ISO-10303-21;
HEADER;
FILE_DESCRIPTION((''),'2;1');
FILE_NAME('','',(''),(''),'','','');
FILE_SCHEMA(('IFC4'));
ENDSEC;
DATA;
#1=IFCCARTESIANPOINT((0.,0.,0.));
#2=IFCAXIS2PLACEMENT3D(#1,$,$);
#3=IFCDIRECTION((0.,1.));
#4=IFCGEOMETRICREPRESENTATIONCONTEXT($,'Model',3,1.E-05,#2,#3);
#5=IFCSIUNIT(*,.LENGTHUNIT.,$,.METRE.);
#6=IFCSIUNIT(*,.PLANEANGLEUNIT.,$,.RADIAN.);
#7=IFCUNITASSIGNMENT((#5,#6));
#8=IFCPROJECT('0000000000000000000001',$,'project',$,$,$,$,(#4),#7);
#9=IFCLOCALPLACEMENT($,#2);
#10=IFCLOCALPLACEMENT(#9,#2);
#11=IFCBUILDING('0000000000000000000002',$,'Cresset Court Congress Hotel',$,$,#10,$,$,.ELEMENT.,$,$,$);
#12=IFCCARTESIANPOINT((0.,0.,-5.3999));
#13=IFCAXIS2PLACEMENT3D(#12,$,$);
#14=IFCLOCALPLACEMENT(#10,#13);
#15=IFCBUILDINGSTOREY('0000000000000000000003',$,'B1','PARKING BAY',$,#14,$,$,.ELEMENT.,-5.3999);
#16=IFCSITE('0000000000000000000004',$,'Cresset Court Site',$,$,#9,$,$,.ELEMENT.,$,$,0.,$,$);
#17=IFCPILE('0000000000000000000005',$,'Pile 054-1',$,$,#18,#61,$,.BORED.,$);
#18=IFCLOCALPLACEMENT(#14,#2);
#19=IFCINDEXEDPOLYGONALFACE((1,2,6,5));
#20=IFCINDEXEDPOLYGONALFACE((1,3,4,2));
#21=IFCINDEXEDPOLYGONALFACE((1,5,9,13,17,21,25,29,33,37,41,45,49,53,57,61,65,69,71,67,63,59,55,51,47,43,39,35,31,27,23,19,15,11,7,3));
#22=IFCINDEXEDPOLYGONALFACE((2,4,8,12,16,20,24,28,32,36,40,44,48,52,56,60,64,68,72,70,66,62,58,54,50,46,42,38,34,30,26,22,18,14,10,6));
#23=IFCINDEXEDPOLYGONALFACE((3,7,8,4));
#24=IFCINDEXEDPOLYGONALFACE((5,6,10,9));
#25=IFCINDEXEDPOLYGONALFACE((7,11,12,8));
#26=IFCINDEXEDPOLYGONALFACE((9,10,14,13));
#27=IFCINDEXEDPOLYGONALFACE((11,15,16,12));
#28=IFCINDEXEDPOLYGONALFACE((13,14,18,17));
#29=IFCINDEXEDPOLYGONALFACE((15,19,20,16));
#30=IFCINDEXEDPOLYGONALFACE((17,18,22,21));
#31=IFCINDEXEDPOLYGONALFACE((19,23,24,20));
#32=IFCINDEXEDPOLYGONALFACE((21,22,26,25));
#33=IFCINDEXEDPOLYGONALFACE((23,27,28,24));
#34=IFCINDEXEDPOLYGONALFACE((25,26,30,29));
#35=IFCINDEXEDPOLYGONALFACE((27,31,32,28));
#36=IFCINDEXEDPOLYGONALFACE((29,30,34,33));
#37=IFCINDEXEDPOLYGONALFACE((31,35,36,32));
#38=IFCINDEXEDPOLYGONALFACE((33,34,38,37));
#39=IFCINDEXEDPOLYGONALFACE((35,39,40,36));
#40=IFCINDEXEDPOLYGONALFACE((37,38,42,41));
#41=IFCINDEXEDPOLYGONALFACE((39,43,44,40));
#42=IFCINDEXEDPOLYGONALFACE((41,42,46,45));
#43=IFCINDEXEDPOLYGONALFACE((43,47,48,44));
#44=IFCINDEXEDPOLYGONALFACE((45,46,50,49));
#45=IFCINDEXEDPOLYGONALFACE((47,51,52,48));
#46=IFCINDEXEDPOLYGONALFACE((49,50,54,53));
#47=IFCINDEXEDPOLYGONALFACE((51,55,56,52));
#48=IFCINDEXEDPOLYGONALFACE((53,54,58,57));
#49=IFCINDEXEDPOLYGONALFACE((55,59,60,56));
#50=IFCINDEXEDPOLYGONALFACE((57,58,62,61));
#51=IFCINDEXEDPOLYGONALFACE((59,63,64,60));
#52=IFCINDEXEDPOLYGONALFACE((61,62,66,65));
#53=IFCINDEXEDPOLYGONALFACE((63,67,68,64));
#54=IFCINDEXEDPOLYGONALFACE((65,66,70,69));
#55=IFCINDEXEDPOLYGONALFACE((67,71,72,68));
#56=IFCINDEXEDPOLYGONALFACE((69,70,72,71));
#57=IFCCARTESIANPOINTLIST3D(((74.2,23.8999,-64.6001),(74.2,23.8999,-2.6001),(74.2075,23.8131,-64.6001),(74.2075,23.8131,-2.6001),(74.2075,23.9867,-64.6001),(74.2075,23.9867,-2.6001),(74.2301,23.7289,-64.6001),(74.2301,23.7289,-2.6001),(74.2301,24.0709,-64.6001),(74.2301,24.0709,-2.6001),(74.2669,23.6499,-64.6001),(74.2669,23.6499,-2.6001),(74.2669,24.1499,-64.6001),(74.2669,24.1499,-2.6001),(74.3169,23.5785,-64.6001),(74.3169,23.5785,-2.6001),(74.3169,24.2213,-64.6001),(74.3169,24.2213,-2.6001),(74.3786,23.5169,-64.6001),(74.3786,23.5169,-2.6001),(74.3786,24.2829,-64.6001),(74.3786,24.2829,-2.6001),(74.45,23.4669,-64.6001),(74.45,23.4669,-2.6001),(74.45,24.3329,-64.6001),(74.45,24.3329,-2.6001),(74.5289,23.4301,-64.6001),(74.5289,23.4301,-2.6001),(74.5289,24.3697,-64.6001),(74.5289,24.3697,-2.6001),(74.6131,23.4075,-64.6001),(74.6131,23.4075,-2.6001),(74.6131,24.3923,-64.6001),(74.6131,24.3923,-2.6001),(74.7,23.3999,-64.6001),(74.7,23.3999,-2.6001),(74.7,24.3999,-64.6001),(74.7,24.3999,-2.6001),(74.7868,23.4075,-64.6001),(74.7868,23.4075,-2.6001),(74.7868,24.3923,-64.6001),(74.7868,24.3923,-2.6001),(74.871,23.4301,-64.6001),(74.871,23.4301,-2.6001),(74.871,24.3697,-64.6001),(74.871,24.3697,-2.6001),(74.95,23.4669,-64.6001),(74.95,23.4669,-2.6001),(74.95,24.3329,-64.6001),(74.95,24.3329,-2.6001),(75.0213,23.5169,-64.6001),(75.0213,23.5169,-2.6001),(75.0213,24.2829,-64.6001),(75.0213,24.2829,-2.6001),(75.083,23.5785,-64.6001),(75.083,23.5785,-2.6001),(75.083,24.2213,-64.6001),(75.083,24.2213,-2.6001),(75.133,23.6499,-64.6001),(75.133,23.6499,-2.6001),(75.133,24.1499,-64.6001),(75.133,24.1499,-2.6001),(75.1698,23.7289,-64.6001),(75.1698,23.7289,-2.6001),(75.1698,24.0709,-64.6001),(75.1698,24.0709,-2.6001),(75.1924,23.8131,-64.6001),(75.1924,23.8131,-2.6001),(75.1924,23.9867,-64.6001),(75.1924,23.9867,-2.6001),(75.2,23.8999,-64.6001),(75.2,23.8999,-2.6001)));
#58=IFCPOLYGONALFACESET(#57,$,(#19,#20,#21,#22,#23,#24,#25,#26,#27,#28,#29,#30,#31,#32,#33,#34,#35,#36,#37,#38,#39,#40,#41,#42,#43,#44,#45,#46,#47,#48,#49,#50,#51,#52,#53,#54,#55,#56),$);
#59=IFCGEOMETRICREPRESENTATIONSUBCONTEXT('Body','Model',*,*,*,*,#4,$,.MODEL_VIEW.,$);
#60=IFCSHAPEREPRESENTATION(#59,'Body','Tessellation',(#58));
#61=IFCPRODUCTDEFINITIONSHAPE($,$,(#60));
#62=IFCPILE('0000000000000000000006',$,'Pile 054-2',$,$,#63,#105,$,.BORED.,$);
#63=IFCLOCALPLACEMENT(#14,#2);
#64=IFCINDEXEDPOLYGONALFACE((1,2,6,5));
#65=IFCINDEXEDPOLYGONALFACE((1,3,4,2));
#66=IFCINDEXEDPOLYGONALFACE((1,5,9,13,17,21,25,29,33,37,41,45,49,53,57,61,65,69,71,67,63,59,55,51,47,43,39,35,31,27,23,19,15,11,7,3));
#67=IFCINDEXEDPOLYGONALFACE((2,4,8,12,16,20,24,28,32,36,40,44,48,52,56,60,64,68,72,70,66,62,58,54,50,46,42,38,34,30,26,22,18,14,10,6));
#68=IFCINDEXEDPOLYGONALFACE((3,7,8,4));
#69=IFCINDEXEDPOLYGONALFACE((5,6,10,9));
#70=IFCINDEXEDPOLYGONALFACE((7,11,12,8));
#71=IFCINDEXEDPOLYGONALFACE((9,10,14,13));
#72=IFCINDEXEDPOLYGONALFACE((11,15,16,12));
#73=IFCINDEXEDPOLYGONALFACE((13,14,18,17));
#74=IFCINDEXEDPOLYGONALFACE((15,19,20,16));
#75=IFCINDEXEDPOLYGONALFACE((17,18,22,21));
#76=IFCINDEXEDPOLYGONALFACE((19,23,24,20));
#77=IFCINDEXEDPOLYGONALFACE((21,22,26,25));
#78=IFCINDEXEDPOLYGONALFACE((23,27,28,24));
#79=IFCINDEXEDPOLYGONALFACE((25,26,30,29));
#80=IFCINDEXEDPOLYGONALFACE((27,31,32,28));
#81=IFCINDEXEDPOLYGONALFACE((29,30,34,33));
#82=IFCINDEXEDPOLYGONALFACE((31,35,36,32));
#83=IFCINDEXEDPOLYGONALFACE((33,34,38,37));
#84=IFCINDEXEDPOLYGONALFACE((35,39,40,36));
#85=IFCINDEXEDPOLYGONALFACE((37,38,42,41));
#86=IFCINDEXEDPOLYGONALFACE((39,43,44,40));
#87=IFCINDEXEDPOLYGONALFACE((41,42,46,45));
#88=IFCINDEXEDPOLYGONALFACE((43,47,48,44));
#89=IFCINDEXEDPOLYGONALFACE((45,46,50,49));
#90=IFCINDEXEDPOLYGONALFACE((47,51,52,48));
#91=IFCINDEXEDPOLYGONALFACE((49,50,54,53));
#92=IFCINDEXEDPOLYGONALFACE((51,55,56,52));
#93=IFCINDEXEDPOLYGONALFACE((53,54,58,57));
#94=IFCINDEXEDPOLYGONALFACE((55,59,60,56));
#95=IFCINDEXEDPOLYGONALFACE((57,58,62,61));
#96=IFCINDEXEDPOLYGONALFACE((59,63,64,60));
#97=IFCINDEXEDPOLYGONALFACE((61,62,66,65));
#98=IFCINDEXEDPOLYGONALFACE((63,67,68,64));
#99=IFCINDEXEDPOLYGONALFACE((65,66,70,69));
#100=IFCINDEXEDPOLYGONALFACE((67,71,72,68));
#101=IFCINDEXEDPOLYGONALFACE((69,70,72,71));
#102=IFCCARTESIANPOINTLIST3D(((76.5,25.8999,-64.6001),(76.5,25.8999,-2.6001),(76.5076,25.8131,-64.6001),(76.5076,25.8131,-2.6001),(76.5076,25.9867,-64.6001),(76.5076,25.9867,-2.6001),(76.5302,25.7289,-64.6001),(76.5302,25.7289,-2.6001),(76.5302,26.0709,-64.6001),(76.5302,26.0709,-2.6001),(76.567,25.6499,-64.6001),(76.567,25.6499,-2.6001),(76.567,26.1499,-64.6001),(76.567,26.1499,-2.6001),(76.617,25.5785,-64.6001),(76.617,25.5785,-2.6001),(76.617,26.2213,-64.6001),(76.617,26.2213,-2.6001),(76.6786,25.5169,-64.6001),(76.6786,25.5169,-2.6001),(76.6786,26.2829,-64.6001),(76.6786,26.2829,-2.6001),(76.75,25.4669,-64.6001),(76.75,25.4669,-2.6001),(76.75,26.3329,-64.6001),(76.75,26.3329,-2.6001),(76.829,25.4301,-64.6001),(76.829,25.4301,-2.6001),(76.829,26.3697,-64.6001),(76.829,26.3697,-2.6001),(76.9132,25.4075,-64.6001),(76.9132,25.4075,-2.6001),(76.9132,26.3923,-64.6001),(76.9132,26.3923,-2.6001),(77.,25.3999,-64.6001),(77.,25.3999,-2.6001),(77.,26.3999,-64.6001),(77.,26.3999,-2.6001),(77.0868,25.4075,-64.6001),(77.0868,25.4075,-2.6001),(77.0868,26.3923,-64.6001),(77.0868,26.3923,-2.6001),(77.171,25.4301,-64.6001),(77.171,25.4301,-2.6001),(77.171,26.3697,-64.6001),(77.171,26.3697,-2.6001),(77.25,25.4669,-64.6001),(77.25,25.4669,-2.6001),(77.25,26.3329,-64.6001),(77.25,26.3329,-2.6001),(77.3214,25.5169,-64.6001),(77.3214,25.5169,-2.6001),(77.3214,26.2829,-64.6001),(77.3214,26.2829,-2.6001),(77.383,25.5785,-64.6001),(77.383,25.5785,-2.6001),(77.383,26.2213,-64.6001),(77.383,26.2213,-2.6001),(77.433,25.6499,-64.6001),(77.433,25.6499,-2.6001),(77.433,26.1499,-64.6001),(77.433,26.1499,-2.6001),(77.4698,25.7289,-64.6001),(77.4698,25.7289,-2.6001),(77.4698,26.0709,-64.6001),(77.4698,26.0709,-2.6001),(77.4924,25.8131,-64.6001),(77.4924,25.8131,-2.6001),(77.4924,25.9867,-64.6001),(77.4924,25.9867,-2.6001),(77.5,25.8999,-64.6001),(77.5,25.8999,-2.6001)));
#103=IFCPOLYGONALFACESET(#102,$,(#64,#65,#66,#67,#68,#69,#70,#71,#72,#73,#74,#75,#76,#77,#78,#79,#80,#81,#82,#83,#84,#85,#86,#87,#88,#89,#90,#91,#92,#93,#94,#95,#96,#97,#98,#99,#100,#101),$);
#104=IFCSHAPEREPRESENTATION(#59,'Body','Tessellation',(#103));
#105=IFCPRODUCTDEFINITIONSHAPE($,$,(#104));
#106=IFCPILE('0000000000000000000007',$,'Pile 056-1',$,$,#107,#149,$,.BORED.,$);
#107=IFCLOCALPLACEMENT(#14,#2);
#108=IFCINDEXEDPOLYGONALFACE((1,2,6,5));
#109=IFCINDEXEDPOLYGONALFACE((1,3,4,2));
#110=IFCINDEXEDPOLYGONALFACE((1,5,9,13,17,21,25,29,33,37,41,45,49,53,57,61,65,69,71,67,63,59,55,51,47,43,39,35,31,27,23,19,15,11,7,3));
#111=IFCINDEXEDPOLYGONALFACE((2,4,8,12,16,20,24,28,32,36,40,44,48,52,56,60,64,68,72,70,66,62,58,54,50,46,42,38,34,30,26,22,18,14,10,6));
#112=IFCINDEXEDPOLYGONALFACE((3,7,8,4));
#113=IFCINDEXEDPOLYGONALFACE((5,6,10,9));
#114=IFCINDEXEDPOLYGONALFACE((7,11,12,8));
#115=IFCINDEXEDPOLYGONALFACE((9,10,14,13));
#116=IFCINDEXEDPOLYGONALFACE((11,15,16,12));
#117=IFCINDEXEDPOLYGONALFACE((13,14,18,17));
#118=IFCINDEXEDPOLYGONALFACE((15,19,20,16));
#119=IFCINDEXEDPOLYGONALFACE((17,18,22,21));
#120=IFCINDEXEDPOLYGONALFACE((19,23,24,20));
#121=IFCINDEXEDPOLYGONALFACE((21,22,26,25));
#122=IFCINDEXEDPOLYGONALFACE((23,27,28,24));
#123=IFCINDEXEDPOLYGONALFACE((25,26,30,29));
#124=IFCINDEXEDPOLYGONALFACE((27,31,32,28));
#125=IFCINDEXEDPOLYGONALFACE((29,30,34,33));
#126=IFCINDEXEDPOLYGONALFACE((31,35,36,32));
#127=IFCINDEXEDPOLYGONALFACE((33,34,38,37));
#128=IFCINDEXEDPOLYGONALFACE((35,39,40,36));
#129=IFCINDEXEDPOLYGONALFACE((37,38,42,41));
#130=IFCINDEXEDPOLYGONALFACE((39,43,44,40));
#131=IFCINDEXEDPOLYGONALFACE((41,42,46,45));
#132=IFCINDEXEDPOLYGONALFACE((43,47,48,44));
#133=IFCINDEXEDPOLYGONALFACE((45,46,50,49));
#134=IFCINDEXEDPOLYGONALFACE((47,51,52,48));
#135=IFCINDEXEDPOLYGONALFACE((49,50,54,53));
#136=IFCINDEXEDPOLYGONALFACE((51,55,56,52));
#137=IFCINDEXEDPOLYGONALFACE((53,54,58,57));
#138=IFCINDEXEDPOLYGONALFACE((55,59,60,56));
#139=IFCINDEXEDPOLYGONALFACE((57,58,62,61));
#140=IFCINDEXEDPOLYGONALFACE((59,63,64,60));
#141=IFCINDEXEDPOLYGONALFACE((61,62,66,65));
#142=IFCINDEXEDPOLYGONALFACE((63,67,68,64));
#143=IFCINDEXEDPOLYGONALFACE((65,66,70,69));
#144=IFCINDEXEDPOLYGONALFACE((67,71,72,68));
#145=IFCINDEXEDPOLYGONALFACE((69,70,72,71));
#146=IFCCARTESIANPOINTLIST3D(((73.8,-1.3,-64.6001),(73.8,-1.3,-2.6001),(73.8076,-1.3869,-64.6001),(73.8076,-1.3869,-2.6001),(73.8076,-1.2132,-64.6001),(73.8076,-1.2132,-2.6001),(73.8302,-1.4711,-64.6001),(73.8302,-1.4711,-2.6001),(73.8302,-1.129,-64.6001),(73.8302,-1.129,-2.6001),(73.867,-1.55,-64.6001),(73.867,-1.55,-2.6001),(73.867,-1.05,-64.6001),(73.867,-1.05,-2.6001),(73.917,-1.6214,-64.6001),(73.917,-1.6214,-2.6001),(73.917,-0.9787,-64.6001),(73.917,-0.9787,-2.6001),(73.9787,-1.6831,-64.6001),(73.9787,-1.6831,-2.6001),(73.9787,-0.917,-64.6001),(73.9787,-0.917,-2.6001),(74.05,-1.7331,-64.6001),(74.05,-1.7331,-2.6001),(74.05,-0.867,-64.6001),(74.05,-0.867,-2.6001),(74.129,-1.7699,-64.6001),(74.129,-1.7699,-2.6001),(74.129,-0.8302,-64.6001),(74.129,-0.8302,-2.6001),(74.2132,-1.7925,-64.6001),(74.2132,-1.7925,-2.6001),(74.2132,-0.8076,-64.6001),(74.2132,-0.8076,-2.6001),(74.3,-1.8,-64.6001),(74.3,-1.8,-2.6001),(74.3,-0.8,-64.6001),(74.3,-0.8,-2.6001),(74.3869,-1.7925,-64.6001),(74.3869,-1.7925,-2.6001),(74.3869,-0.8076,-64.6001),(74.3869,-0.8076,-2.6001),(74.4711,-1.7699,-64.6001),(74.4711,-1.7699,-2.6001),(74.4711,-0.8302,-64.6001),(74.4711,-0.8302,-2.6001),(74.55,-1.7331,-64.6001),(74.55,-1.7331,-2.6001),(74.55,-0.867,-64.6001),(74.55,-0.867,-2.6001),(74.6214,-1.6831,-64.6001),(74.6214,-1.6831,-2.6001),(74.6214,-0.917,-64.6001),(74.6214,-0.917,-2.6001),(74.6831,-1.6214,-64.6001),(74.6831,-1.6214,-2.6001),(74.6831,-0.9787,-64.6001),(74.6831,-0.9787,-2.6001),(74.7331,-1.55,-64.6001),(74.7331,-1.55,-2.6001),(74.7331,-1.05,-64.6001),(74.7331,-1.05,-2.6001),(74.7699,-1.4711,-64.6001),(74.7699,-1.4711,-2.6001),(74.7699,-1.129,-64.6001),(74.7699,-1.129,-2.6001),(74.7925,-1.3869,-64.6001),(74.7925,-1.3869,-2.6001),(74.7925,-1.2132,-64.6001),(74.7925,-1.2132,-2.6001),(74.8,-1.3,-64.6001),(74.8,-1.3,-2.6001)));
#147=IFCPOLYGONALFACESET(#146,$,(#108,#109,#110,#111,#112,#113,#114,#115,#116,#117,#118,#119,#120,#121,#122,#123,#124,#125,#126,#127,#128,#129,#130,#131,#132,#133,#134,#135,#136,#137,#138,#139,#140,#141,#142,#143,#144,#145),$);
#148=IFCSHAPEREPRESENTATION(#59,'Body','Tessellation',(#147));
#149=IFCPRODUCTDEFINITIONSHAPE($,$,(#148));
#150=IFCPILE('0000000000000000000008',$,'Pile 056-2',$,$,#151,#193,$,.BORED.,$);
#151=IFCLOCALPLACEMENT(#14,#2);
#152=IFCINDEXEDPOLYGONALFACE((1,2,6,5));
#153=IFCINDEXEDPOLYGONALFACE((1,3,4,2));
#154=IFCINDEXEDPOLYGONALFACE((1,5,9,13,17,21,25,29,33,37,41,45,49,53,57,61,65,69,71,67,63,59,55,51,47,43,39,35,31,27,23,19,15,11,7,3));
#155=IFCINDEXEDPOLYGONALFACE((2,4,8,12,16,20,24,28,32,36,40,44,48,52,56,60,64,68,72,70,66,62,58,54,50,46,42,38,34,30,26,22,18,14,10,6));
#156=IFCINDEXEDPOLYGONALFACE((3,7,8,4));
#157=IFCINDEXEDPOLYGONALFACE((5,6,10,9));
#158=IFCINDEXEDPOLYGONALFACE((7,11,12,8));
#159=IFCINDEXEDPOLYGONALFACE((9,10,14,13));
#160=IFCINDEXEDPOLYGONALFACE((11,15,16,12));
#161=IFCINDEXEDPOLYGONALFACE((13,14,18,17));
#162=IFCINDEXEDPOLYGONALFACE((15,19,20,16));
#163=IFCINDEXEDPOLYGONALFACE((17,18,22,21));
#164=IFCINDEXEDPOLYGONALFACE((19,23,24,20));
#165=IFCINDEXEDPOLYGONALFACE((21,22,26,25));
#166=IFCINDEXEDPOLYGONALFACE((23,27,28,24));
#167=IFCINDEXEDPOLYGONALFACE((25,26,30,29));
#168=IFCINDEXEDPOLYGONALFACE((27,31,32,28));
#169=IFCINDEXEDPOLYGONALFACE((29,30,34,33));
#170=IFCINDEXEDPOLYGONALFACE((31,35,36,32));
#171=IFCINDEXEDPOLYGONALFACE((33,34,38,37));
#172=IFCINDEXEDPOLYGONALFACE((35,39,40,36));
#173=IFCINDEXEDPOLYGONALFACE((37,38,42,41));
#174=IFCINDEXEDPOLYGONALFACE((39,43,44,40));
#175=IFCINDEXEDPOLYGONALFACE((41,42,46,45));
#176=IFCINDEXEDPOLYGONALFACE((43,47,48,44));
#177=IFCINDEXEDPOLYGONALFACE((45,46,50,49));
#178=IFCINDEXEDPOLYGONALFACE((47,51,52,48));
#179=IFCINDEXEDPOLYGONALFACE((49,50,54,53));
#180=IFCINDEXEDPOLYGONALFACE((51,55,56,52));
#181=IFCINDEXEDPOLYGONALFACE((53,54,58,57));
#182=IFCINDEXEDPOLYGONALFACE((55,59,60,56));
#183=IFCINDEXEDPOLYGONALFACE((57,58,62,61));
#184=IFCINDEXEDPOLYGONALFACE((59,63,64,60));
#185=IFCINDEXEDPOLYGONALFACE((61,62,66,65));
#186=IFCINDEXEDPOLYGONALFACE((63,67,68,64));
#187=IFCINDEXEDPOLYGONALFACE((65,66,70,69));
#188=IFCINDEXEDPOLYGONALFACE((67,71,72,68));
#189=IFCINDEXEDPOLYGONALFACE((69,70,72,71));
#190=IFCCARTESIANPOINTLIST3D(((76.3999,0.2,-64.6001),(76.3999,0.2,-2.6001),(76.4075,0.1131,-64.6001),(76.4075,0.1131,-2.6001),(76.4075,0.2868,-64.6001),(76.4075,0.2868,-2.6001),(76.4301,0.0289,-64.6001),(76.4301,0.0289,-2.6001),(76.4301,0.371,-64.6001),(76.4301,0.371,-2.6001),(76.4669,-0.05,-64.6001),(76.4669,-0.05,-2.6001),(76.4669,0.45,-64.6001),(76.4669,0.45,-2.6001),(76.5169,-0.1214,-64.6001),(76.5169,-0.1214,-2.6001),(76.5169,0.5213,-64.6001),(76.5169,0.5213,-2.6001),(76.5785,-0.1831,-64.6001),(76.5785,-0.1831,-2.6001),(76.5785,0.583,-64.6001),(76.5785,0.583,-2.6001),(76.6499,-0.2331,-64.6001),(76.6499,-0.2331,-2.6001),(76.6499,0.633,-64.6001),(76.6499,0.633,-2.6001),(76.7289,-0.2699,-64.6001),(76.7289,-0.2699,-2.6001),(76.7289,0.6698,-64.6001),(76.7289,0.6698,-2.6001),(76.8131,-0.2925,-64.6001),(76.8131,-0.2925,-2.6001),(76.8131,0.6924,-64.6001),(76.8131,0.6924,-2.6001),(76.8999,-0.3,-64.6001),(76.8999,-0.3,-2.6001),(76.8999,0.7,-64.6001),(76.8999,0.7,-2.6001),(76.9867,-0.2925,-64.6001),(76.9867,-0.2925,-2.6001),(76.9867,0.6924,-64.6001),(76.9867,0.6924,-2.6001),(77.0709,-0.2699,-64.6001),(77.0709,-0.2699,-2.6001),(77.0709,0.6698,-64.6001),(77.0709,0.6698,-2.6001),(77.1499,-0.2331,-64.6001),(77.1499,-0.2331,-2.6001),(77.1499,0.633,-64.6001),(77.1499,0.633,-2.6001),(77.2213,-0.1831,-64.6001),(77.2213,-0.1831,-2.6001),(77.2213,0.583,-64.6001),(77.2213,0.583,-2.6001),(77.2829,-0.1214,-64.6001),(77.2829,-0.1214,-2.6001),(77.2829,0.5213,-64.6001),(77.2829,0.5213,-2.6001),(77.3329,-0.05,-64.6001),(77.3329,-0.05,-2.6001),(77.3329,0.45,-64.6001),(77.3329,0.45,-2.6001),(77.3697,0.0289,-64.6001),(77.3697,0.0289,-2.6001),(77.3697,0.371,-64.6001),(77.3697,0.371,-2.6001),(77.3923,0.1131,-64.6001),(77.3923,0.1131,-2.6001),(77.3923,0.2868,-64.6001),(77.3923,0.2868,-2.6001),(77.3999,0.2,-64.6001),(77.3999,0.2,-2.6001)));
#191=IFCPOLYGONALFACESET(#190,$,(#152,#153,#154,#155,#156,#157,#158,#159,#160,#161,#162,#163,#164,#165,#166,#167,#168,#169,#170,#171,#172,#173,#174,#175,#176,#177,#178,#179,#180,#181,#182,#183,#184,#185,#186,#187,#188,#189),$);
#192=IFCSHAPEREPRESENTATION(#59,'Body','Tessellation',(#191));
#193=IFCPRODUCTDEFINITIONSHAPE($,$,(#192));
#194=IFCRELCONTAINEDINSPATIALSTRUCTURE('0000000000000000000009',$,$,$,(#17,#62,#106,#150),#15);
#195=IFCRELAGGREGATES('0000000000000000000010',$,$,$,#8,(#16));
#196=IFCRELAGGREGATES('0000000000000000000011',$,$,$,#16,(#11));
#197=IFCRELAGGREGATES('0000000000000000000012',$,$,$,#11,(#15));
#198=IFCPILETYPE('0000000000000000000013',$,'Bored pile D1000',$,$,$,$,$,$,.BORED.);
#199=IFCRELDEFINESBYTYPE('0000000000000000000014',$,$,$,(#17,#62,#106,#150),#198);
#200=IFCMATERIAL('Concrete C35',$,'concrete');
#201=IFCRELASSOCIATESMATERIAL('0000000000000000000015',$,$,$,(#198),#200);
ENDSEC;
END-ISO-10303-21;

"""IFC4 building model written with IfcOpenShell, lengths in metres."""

from ifc_helpers import new_model, si_unit, direction, frame, origin, origin_2d, place, context, subcontext, project, spatial, circle, extrude, material, type_object, element, save


model = new_model("IFC4")

# Units and contexts
model_context = context("Model", 3, precision=1e-05, world=origin(), true_north=direction((0.0, 1.0)))
body_context = subcontext(model_context, "Body", "Model", "MODEL_VIEW")
ifc_project = project(units=[si_unit("LENGTHUNIT", "METRE"), si_unit("PLANEANGLEUNIT", "RADIAN")], contexts=[model_context])

# Site, building, storey
site_placement = place(None, origin())
site = spatial("IfcSite", under=ifc_project, at=site_placement, Name="Cresset Court Site", CompositionType="ELEMENT", RefElevation=0.0)
building_placement = place(site_placement, origin())
building = spatial("IfcBuilding", under=site, at=building_placement, Name="Cresset Court Congress Hotel", CompositionType="ELEMENT")
storey_placement = place(building_placement, frame((0.0, 0.0, -5.3999)))
storey = spatial("IfcBuildingStorey", under=building, at=storey_placement, Name="B1", Description="PARKING BAY", CompositionType="ELEMENT", Elevation=-5.3999)

# Piles
ifc_material_1 = material(Name="Concrete C35", Category="concrete")
pile_type = type_object("IfcPileType", Name="Bored pile D1000", PredefinedType="BORED", material=ifc_material_1)
for number, where, z_axis, x_axis, name in (
    (1, (74.7, 23.8999, -2.6001), (0.0, 0.0, -1.0), (1.0, 0.0, 0.0), "Pile 054-1"),
    (2, (77.0, 25.8999, -2.6001), (0.0, 0.0, -1.0), (1.0, 0.0, 0.0), "Pile 054-2"),
    (3, (74.3, -1.3, -2.6001), (0.0, 0.0, -1.0), (1.0, 0.0, 0.0), "Pile 056-1"),
    (4, (76.8999, 0.2, -2.6001), (0.0, 0.0, -1.0), (1.0, 0.0, 0.0), "Pile 056-2"),
):
    element("IfcPile", number, at=place(storey_placement, frame(where, z_axis=z_axis, x_axis=x_axis)), inside=storey, type_object=pile_type, Name=name, PredefinedType="BORED", context=body_context, shape_type="SweptSolid", body=[
        extrude(circle(Radius=0.5, at=origin_2d()), origin(), (0.0, 0.0, 1.0), 62.0),
    ])

save(model, "model.ifc")
